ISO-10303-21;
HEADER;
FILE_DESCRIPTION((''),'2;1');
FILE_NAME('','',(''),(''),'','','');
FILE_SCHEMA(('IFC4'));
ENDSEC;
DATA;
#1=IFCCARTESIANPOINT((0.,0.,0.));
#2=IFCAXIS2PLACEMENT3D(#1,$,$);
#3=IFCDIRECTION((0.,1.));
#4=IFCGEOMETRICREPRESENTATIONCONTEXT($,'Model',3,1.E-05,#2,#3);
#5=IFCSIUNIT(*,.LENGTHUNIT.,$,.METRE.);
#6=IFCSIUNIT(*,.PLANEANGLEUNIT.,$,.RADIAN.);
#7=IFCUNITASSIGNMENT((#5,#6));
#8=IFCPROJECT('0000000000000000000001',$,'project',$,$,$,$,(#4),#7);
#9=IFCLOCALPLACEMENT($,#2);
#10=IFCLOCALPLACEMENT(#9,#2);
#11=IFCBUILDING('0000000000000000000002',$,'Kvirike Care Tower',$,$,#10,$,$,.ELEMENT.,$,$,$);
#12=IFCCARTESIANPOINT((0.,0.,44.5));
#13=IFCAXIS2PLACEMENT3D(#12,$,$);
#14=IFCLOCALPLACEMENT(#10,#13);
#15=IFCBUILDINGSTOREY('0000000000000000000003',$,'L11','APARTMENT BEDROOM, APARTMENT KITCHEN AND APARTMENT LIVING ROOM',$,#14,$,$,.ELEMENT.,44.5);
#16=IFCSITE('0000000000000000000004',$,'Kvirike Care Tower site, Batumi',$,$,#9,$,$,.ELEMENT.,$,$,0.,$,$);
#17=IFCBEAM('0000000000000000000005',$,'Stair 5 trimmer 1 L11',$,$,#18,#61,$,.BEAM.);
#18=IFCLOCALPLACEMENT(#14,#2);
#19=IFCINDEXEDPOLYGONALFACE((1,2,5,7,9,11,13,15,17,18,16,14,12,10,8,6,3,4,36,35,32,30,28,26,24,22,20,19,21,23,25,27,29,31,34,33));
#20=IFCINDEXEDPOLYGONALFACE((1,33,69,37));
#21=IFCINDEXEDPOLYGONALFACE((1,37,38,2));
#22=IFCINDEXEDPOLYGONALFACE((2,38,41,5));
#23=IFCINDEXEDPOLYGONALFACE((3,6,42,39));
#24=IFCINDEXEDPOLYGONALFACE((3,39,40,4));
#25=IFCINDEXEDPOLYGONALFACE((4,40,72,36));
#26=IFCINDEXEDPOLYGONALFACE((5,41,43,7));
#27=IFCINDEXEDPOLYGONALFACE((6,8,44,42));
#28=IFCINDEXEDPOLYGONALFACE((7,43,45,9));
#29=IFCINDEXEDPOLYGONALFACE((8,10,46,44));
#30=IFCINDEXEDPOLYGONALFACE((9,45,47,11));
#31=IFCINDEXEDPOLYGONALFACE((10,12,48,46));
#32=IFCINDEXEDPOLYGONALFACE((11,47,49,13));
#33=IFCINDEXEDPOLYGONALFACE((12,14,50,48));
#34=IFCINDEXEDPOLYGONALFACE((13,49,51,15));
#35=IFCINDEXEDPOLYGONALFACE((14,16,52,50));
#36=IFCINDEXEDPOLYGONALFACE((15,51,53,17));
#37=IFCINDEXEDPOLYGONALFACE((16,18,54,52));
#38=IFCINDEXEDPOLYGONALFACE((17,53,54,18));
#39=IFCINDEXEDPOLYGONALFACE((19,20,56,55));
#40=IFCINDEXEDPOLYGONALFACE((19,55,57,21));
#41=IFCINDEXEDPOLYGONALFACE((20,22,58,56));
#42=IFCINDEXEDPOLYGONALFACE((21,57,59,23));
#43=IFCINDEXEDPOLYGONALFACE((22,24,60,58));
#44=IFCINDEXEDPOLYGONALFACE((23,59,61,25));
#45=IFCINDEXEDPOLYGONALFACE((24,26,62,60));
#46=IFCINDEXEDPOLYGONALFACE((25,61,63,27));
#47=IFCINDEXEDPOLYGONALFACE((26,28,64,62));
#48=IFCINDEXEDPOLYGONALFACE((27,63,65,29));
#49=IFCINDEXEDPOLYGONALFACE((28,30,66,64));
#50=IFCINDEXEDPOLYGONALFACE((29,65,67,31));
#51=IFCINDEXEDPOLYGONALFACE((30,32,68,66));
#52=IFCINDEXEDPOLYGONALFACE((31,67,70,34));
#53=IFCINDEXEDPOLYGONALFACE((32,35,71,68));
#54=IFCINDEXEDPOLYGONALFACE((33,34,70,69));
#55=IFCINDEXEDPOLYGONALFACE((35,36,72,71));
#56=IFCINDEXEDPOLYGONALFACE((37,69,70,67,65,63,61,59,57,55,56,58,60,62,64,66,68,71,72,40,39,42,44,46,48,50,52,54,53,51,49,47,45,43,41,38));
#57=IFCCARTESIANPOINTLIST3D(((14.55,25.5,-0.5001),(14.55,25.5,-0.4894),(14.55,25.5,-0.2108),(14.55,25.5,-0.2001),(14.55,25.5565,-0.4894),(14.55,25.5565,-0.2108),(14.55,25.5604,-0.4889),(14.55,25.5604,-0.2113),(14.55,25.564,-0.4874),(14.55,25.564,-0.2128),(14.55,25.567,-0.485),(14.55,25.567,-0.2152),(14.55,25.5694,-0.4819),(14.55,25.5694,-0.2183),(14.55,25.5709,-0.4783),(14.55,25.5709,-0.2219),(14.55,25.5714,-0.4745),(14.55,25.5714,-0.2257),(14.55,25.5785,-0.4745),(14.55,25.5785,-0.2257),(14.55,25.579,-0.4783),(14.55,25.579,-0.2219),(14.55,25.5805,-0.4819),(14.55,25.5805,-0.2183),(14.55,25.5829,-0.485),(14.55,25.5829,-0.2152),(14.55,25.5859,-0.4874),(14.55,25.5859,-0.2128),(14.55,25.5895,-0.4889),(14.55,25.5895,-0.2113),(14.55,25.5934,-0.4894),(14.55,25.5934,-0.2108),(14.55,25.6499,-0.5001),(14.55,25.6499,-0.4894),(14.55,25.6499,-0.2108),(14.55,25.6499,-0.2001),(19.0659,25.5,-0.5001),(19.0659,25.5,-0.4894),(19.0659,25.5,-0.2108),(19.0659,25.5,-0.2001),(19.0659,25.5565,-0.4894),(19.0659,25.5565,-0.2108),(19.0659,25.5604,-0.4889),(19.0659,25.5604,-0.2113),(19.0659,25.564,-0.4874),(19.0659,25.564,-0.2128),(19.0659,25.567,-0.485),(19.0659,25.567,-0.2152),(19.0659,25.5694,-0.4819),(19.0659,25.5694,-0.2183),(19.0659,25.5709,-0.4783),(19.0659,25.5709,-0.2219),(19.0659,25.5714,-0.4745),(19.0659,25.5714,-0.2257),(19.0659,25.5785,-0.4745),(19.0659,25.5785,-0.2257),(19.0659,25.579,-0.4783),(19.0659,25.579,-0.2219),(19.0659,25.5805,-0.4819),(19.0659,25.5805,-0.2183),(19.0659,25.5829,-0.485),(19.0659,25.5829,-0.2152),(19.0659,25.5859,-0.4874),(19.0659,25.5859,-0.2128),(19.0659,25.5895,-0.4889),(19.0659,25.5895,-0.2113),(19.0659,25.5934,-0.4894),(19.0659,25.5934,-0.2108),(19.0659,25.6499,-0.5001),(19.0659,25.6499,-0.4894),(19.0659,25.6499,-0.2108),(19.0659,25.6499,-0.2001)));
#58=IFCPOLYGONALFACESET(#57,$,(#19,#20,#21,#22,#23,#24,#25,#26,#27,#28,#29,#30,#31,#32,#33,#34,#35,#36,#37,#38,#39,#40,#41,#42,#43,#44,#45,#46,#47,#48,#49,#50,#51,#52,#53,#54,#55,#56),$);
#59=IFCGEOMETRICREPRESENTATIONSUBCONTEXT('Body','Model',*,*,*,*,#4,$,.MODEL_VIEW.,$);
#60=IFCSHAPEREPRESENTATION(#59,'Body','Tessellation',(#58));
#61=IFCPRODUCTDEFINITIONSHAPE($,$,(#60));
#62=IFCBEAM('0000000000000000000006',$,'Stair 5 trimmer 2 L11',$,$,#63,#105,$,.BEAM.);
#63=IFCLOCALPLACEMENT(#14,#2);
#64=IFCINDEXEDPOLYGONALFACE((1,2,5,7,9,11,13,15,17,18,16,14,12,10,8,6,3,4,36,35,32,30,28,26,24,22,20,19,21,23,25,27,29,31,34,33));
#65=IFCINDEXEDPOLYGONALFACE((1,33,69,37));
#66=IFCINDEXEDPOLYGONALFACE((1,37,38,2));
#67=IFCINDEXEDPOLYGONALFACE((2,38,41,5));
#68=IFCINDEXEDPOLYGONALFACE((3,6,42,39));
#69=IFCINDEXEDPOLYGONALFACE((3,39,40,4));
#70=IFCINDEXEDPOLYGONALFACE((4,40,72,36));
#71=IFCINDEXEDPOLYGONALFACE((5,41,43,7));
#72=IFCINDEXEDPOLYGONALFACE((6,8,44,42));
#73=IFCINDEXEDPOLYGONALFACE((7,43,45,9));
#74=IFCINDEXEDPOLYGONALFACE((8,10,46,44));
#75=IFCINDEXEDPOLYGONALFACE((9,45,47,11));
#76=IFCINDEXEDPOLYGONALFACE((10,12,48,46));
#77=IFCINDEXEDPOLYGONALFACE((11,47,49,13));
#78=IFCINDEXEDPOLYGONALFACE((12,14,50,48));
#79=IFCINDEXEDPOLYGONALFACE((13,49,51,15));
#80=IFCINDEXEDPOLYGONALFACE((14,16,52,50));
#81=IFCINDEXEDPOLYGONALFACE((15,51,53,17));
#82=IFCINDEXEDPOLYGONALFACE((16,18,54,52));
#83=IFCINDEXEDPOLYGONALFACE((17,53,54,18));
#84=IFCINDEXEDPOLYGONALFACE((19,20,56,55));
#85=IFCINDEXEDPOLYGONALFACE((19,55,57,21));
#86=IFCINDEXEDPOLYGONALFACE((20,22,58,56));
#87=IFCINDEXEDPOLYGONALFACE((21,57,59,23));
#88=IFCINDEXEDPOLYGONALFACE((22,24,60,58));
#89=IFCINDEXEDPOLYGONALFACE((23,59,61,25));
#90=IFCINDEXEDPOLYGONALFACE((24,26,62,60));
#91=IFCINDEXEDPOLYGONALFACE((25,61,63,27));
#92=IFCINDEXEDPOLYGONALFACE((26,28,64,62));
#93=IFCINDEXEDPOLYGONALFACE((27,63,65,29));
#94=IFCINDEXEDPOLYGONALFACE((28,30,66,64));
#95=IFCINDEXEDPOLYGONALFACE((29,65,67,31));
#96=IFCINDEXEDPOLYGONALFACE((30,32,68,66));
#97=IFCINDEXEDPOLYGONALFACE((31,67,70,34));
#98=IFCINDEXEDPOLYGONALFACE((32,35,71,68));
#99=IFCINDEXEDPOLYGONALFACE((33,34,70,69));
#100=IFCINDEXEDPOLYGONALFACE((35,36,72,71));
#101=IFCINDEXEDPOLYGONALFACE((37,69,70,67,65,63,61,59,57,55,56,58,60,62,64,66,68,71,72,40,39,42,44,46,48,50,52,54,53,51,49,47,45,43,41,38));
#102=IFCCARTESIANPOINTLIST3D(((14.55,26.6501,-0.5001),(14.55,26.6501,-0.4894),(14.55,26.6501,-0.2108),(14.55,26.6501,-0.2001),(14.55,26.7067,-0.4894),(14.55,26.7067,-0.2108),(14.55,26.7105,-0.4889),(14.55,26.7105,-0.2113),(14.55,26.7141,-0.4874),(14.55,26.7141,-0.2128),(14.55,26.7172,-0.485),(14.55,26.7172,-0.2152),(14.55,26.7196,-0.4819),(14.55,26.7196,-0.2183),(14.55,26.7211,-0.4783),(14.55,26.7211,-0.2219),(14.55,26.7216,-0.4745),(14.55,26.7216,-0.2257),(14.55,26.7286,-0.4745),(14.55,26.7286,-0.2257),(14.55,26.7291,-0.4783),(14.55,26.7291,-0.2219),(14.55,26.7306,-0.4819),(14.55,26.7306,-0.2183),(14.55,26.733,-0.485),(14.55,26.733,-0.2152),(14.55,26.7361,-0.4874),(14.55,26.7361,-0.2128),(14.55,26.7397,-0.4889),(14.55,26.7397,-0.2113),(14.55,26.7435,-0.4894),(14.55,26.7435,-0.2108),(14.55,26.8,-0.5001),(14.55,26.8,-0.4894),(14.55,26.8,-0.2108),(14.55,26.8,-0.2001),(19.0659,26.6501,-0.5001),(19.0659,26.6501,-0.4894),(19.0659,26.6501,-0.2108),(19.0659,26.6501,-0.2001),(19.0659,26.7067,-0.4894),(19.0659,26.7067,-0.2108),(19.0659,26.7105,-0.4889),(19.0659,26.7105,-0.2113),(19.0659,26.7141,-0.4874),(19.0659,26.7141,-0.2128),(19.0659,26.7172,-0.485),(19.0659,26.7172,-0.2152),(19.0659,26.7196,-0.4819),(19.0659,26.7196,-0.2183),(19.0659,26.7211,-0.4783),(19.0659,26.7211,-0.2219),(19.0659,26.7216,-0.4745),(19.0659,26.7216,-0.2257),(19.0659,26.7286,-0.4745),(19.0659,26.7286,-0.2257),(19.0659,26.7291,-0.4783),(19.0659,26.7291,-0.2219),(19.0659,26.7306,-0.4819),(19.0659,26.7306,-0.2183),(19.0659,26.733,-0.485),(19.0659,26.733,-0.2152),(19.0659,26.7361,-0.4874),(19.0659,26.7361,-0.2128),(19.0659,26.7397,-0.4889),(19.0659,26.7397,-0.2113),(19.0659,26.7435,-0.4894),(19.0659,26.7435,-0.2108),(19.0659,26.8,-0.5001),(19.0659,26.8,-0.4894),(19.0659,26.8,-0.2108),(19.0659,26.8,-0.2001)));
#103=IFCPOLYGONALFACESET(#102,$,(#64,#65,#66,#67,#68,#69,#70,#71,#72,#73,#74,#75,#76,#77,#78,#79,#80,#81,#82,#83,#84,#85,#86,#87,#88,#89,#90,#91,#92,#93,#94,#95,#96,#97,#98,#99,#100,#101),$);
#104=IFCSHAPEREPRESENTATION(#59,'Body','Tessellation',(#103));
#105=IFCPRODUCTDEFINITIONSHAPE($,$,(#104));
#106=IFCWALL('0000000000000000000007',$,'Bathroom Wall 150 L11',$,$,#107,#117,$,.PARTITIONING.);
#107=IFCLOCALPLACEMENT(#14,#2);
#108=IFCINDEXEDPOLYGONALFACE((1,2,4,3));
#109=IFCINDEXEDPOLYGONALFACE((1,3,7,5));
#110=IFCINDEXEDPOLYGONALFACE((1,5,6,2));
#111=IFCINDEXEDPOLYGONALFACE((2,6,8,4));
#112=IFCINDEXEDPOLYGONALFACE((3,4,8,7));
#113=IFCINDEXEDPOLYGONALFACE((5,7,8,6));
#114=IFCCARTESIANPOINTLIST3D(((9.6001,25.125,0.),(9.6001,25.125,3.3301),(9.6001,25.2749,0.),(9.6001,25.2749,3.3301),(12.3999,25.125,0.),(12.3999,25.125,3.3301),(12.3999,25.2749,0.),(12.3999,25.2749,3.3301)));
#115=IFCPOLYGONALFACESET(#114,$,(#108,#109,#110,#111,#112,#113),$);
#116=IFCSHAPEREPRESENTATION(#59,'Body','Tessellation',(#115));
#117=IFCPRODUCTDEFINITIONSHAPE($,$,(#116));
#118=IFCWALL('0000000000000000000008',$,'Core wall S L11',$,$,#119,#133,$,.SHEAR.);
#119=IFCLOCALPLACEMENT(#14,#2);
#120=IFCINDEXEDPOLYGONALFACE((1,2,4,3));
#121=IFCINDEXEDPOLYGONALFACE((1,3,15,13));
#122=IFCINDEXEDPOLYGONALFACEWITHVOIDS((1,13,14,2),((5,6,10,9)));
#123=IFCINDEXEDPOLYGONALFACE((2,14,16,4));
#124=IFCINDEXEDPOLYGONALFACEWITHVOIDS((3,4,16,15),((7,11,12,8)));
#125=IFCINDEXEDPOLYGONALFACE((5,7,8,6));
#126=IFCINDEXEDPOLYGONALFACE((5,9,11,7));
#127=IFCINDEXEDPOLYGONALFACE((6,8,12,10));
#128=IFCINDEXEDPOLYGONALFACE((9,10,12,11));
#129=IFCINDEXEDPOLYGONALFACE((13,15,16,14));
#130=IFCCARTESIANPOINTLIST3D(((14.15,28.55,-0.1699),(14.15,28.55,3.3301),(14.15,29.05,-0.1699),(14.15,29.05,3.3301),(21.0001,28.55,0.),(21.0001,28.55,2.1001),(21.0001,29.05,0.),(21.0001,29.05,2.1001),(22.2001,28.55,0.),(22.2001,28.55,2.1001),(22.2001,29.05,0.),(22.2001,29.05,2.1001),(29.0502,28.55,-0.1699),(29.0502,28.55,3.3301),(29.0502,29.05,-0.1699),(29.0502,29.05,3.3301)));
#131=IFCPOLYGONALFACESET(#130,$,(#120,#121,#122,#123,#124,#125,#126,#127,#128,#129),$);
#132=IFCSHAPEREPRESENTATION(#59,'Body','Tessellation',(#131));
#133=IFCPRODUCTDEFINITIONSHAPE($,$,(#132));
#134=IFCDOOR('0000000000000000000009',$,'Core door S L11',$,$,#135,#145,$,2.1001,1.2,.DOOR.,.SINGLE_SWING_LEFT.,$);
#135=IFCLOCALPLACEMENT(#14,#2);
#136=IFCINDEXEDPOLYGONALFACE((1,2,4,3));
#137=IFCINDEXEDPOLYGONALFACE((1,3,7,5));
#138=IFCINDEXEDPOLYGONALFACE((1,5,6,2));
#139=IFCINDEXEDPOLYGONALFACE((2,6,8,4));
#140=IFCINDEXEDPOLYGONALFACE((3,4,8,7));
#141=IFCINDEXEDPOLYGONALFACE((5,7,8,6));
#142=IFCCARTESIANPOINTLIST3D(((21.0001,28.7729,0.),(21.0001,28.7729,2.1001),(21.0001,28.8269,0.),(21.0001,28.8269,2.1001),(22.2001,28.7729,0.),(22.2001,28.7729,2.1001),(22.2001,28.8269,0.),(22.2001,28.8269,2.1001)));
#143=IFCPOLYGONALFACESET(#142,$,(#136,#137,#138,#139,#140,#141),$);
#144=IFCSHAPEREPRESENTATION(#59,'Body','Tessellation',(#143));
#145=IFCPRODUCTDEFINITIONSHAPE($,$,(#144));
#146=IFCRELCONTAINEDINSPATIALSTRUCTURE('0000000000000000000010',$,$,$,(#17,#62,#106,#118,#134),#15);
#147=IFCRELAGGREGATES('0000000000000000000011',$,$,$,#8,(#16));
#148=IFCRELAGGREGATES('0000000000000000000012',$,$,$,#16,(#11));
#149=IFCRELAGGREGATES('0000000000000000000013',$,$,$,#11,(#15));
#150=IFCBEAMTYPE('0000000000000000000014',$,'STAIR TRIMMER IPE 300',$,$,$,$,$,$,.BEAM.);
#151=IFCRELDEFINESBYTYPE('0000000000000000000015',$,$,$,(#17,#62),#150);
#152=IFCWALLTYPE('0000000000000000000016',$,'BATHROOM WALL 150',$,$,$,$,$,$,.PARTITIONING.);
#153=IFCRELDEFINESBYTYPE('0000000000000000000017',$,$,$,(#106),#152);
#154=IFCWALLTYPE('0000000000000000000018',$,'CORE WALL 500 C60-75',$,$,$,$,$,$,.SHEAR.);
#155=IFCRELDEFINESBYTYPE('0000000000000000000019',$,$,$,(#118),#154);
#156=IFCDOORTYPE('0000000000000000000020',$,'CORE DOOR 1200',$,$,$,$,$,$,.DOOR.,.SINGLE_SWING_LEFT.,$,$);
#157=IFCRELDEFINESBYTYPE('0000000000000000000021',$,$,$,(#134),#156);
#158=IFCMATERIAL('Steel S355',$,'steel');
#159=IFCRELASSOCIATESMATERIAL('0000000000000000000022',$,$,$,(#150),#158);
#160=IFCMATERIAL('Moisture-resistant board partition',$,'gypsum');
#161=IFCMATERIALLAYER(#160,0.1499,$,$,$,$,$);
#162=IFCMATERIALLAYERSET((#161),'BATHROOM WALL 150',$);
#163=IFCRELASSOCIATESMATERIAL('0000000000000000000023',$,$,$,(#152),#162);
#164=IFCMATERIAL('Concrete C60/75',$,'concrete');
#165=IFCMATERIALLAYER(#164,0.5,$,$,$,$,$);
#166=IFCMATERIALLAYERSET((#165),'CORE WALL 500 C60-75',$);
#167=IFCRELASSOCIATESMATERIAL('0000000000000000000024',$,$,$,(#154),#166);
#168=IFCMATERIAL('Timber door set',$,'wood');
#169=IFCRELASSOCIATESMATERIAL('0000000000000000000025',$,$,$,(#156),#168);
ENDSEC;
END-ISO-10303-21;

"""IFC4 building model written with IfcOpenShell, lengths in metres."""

from ifc_helpers import new_model, si_unit, direction, frame, frame_2d, origin, origin_2d, place, context, subcontext, project, spatial, rectangle, i_section, extrude, material, layer, layer_set, material_profile, profile_set, type_object, element, fill, save


model = new_model("IFC4")

# Units and contexts
model_context = context("Model", 3, precision=1e-05, world=origin(), true_north=direction((0.0, 1.0)))
body_context = subcontext(model_context, "Body", "Model", "MODEL_VIEW")
ifc_project = project(units=[si_unit("LENGTHUNIT", "METRE"), si_unit("PLANEANGLEUNIT", "RADIAN")], contexts=[model_context])

# Site, building, storey
site_placement = place(None, origin())
site = spatial("IfcSite", under=ifc_project, at=site_placement, Name="Kvirike Care Tower site, Batumi", CompositionType="ELEMENT", RefElevation=0.0)
building_placement = place(site_placement, origin())
building = spatial("IfcBuilding", under=site, at=building_placement, Name="Kvirike Care Tower", CompositionType="ELEMENT")
storey_placement = place(building_placement, frame((0.0, 0.0, 44.5)))
storey = spatial("IfcBuildingStorey", under=building, at=storey_placement, Name="L11", Description="APARTMENT BEDROOM, APARTMENT KITCHEN AND APARTMENT LIVING ROOM", CompositionType="ELEMENT", Elevation=44.5)

# Beams
ifc_material_1 = material(Name="Steel S355", Category="steel")
ifc_material_profile_1 = material_profile(ifc_material_1, i_section(OverallWidth=0.1499, OverallDepth=0.3, WebThickness=0.0071, FlangeThickness=0.0107, FilletRadius=0.0149, at=origin_2d()), Name="IPE 300")
ifc_profile_set_1 = profile_set([ifc_material_profile_1], Name="Steel S355")
beam_type_1 = type_object("IfcBeamType", Name="STAIR TRIMMER IPE 300", PredefinedType="BEAM", material=ifc_profile_set_1)
for number, where, z_axis, x_axis, name in (
    (1, (14.55, 25.575, -0.3501), (1.0, 0.0, 0.0), (0.0, 1.0, 0.0), "Stair 5 trimmer 1 L11"),
    (2, (14.55, 26.7251, -0.3501), (1.0, 0.0, 0.0), (0.0, 1.0, 0.0), "Stair 5 trimmer 2 L11"),
):
    element("IfcBeam", number, at=place(storey_placement, frame(where, z_axis=z_axis, x_axis=x_axis)), inside=storey, type_object=beam_type_1, Name=name, PredefinedType="BEAM", context=body_context, shape_type="SweptSolid", body=[
        extrude(i_section(OverallWidth=0.1499, OverallDepth=0.3, WebThickness=0.0071, FlangeThickness=0.0107, FilletRadius=0.0149, at=origin_2d()), origin(), (0.0, 0.0, 1.0), 4.5159),
    ])

# Wall
ifc_material_2 = material(Name="Moisture-resistant board partition", Category="gypsum")
ifc_layer_1 = layer(ifc_material_2, 0.1499)
ifc_layer_set_1 = layer_set([ifc_layer_1], Name="BATHROOM WALL 150")
wall_type_1 = type_object("IfcWallType", Name="BATHROOM WALL 150", PredefinedType="PARTITIONING", material=ifc_layer_set_1)
wall_1_placement = place(storey_placement, frame((9.6001, 25.2, 0.0), z_axis=(0.0, 0.0, 1.0), x_axis=(1.0, 0.0, 0.0)))
element("IfcWall", 3, at=wall_1_placement, inside=storey, type_object=wall_type_1, Name="Bathroom Wall 150 L11", PredefinedType="PARTITIONING", context=body_context, shape_type="SweptSolid", body=[
    extrude(rectangle(XDim=2.7998, YDim=0.1499, at=frame_2d((1.3999, 0.0))), origin(), (0.0, 0.0, 1.0), 3.3301),
])

# Wall, opening, door
ifc_material_3 = material(Name="Concrete C60/75", Category="concrete")
ifc_layer_2 = layer(ifc_material_3, 0.5)
ifc_layer_set_2 = layer_set([ifc_layer_2], Name="CORE WALL 500 C60-75")
wall_type_2 = type_object("IfcWallType", Name="CORE WALL 500 C60-75", PredefinedType="SHEAR", material=ifc_layer_set_2)
wall_2_placement = place(storey_placement, frame((14.1499, 28.8, -0.1699), z_axis=(0.0, 0.0, 1.0), x_axis=(1.0, 0.0, 0.0)))
wall_2 = element("IfcWall", 4, at=wall_2_placement, inside=storey, type_object=wall_type_2, Name="Core wall S L11", PredefinedType="SHEAR", context=body_context, shape_type="SweptSolid", body=[
    extrude(rectangle(XDim=14.9001, YDim=0.5, at=frame_2d((7.4502, 0.0))), origin(), (0.0, 0.0, 1.0), 3.5),
])
opening_1_placement = place(wall_2_placement, frame((6.8501, 0.0, 0.1699)))
opening_1 = element("IfcOpeningElement", 5, at=opening_1_placement, cuts=wall_2, PredefinedType="OPENING", context=body_context, shape_type="SweptSolid", body=[
    extrude(rectangle(XDim=1.2, YDim=2.1001, at=frame_2d((0.6001, 1.05))), frame((0.0, 0.2605, 0.0), z_axis=(0.0, -1.0, 0.0), x_axis=(1.0, 0.0, 0.0)), (0.0, 0.0, 1.0), 0.521),
])
ifc_material_4 = material(Name="Timber door set", Category="wood")
door_type_1 = type_object("IfcDoorType", Name="CORE DOOR 1200", OperationType="SINGLE_SWING_LEFT", PredefinedType="DOOR", material=ifc_material_4)
door_1_placement = place(opening_1_placement, origin())
door_1 = element("IfcDoor", 6, at=door_1_placement, inside=storey, type_object=door_type_1, Name="Core door S L11", OperationType="SINGLE_SWING_LEFT", OverallHeight=2.1001, OverallWidth=1.2, PredefinedType="DOOR", context=body_context, shape_type="SweptSolid", body=[
    extrude(rectangle(XDim=1.2, YDim=2.1001, at=frame_2d((0.6001, 1.05))), frame((0.0, 0.0269, 0.0), z_axis=(0.0, -1.0, 0.0), x_axis=(1.0, 0.0, 0.0)), (0.0, 0.0, 1.0), 0.054),
])
fill(opening_1, door_1)

save(model, "model.ifc")
